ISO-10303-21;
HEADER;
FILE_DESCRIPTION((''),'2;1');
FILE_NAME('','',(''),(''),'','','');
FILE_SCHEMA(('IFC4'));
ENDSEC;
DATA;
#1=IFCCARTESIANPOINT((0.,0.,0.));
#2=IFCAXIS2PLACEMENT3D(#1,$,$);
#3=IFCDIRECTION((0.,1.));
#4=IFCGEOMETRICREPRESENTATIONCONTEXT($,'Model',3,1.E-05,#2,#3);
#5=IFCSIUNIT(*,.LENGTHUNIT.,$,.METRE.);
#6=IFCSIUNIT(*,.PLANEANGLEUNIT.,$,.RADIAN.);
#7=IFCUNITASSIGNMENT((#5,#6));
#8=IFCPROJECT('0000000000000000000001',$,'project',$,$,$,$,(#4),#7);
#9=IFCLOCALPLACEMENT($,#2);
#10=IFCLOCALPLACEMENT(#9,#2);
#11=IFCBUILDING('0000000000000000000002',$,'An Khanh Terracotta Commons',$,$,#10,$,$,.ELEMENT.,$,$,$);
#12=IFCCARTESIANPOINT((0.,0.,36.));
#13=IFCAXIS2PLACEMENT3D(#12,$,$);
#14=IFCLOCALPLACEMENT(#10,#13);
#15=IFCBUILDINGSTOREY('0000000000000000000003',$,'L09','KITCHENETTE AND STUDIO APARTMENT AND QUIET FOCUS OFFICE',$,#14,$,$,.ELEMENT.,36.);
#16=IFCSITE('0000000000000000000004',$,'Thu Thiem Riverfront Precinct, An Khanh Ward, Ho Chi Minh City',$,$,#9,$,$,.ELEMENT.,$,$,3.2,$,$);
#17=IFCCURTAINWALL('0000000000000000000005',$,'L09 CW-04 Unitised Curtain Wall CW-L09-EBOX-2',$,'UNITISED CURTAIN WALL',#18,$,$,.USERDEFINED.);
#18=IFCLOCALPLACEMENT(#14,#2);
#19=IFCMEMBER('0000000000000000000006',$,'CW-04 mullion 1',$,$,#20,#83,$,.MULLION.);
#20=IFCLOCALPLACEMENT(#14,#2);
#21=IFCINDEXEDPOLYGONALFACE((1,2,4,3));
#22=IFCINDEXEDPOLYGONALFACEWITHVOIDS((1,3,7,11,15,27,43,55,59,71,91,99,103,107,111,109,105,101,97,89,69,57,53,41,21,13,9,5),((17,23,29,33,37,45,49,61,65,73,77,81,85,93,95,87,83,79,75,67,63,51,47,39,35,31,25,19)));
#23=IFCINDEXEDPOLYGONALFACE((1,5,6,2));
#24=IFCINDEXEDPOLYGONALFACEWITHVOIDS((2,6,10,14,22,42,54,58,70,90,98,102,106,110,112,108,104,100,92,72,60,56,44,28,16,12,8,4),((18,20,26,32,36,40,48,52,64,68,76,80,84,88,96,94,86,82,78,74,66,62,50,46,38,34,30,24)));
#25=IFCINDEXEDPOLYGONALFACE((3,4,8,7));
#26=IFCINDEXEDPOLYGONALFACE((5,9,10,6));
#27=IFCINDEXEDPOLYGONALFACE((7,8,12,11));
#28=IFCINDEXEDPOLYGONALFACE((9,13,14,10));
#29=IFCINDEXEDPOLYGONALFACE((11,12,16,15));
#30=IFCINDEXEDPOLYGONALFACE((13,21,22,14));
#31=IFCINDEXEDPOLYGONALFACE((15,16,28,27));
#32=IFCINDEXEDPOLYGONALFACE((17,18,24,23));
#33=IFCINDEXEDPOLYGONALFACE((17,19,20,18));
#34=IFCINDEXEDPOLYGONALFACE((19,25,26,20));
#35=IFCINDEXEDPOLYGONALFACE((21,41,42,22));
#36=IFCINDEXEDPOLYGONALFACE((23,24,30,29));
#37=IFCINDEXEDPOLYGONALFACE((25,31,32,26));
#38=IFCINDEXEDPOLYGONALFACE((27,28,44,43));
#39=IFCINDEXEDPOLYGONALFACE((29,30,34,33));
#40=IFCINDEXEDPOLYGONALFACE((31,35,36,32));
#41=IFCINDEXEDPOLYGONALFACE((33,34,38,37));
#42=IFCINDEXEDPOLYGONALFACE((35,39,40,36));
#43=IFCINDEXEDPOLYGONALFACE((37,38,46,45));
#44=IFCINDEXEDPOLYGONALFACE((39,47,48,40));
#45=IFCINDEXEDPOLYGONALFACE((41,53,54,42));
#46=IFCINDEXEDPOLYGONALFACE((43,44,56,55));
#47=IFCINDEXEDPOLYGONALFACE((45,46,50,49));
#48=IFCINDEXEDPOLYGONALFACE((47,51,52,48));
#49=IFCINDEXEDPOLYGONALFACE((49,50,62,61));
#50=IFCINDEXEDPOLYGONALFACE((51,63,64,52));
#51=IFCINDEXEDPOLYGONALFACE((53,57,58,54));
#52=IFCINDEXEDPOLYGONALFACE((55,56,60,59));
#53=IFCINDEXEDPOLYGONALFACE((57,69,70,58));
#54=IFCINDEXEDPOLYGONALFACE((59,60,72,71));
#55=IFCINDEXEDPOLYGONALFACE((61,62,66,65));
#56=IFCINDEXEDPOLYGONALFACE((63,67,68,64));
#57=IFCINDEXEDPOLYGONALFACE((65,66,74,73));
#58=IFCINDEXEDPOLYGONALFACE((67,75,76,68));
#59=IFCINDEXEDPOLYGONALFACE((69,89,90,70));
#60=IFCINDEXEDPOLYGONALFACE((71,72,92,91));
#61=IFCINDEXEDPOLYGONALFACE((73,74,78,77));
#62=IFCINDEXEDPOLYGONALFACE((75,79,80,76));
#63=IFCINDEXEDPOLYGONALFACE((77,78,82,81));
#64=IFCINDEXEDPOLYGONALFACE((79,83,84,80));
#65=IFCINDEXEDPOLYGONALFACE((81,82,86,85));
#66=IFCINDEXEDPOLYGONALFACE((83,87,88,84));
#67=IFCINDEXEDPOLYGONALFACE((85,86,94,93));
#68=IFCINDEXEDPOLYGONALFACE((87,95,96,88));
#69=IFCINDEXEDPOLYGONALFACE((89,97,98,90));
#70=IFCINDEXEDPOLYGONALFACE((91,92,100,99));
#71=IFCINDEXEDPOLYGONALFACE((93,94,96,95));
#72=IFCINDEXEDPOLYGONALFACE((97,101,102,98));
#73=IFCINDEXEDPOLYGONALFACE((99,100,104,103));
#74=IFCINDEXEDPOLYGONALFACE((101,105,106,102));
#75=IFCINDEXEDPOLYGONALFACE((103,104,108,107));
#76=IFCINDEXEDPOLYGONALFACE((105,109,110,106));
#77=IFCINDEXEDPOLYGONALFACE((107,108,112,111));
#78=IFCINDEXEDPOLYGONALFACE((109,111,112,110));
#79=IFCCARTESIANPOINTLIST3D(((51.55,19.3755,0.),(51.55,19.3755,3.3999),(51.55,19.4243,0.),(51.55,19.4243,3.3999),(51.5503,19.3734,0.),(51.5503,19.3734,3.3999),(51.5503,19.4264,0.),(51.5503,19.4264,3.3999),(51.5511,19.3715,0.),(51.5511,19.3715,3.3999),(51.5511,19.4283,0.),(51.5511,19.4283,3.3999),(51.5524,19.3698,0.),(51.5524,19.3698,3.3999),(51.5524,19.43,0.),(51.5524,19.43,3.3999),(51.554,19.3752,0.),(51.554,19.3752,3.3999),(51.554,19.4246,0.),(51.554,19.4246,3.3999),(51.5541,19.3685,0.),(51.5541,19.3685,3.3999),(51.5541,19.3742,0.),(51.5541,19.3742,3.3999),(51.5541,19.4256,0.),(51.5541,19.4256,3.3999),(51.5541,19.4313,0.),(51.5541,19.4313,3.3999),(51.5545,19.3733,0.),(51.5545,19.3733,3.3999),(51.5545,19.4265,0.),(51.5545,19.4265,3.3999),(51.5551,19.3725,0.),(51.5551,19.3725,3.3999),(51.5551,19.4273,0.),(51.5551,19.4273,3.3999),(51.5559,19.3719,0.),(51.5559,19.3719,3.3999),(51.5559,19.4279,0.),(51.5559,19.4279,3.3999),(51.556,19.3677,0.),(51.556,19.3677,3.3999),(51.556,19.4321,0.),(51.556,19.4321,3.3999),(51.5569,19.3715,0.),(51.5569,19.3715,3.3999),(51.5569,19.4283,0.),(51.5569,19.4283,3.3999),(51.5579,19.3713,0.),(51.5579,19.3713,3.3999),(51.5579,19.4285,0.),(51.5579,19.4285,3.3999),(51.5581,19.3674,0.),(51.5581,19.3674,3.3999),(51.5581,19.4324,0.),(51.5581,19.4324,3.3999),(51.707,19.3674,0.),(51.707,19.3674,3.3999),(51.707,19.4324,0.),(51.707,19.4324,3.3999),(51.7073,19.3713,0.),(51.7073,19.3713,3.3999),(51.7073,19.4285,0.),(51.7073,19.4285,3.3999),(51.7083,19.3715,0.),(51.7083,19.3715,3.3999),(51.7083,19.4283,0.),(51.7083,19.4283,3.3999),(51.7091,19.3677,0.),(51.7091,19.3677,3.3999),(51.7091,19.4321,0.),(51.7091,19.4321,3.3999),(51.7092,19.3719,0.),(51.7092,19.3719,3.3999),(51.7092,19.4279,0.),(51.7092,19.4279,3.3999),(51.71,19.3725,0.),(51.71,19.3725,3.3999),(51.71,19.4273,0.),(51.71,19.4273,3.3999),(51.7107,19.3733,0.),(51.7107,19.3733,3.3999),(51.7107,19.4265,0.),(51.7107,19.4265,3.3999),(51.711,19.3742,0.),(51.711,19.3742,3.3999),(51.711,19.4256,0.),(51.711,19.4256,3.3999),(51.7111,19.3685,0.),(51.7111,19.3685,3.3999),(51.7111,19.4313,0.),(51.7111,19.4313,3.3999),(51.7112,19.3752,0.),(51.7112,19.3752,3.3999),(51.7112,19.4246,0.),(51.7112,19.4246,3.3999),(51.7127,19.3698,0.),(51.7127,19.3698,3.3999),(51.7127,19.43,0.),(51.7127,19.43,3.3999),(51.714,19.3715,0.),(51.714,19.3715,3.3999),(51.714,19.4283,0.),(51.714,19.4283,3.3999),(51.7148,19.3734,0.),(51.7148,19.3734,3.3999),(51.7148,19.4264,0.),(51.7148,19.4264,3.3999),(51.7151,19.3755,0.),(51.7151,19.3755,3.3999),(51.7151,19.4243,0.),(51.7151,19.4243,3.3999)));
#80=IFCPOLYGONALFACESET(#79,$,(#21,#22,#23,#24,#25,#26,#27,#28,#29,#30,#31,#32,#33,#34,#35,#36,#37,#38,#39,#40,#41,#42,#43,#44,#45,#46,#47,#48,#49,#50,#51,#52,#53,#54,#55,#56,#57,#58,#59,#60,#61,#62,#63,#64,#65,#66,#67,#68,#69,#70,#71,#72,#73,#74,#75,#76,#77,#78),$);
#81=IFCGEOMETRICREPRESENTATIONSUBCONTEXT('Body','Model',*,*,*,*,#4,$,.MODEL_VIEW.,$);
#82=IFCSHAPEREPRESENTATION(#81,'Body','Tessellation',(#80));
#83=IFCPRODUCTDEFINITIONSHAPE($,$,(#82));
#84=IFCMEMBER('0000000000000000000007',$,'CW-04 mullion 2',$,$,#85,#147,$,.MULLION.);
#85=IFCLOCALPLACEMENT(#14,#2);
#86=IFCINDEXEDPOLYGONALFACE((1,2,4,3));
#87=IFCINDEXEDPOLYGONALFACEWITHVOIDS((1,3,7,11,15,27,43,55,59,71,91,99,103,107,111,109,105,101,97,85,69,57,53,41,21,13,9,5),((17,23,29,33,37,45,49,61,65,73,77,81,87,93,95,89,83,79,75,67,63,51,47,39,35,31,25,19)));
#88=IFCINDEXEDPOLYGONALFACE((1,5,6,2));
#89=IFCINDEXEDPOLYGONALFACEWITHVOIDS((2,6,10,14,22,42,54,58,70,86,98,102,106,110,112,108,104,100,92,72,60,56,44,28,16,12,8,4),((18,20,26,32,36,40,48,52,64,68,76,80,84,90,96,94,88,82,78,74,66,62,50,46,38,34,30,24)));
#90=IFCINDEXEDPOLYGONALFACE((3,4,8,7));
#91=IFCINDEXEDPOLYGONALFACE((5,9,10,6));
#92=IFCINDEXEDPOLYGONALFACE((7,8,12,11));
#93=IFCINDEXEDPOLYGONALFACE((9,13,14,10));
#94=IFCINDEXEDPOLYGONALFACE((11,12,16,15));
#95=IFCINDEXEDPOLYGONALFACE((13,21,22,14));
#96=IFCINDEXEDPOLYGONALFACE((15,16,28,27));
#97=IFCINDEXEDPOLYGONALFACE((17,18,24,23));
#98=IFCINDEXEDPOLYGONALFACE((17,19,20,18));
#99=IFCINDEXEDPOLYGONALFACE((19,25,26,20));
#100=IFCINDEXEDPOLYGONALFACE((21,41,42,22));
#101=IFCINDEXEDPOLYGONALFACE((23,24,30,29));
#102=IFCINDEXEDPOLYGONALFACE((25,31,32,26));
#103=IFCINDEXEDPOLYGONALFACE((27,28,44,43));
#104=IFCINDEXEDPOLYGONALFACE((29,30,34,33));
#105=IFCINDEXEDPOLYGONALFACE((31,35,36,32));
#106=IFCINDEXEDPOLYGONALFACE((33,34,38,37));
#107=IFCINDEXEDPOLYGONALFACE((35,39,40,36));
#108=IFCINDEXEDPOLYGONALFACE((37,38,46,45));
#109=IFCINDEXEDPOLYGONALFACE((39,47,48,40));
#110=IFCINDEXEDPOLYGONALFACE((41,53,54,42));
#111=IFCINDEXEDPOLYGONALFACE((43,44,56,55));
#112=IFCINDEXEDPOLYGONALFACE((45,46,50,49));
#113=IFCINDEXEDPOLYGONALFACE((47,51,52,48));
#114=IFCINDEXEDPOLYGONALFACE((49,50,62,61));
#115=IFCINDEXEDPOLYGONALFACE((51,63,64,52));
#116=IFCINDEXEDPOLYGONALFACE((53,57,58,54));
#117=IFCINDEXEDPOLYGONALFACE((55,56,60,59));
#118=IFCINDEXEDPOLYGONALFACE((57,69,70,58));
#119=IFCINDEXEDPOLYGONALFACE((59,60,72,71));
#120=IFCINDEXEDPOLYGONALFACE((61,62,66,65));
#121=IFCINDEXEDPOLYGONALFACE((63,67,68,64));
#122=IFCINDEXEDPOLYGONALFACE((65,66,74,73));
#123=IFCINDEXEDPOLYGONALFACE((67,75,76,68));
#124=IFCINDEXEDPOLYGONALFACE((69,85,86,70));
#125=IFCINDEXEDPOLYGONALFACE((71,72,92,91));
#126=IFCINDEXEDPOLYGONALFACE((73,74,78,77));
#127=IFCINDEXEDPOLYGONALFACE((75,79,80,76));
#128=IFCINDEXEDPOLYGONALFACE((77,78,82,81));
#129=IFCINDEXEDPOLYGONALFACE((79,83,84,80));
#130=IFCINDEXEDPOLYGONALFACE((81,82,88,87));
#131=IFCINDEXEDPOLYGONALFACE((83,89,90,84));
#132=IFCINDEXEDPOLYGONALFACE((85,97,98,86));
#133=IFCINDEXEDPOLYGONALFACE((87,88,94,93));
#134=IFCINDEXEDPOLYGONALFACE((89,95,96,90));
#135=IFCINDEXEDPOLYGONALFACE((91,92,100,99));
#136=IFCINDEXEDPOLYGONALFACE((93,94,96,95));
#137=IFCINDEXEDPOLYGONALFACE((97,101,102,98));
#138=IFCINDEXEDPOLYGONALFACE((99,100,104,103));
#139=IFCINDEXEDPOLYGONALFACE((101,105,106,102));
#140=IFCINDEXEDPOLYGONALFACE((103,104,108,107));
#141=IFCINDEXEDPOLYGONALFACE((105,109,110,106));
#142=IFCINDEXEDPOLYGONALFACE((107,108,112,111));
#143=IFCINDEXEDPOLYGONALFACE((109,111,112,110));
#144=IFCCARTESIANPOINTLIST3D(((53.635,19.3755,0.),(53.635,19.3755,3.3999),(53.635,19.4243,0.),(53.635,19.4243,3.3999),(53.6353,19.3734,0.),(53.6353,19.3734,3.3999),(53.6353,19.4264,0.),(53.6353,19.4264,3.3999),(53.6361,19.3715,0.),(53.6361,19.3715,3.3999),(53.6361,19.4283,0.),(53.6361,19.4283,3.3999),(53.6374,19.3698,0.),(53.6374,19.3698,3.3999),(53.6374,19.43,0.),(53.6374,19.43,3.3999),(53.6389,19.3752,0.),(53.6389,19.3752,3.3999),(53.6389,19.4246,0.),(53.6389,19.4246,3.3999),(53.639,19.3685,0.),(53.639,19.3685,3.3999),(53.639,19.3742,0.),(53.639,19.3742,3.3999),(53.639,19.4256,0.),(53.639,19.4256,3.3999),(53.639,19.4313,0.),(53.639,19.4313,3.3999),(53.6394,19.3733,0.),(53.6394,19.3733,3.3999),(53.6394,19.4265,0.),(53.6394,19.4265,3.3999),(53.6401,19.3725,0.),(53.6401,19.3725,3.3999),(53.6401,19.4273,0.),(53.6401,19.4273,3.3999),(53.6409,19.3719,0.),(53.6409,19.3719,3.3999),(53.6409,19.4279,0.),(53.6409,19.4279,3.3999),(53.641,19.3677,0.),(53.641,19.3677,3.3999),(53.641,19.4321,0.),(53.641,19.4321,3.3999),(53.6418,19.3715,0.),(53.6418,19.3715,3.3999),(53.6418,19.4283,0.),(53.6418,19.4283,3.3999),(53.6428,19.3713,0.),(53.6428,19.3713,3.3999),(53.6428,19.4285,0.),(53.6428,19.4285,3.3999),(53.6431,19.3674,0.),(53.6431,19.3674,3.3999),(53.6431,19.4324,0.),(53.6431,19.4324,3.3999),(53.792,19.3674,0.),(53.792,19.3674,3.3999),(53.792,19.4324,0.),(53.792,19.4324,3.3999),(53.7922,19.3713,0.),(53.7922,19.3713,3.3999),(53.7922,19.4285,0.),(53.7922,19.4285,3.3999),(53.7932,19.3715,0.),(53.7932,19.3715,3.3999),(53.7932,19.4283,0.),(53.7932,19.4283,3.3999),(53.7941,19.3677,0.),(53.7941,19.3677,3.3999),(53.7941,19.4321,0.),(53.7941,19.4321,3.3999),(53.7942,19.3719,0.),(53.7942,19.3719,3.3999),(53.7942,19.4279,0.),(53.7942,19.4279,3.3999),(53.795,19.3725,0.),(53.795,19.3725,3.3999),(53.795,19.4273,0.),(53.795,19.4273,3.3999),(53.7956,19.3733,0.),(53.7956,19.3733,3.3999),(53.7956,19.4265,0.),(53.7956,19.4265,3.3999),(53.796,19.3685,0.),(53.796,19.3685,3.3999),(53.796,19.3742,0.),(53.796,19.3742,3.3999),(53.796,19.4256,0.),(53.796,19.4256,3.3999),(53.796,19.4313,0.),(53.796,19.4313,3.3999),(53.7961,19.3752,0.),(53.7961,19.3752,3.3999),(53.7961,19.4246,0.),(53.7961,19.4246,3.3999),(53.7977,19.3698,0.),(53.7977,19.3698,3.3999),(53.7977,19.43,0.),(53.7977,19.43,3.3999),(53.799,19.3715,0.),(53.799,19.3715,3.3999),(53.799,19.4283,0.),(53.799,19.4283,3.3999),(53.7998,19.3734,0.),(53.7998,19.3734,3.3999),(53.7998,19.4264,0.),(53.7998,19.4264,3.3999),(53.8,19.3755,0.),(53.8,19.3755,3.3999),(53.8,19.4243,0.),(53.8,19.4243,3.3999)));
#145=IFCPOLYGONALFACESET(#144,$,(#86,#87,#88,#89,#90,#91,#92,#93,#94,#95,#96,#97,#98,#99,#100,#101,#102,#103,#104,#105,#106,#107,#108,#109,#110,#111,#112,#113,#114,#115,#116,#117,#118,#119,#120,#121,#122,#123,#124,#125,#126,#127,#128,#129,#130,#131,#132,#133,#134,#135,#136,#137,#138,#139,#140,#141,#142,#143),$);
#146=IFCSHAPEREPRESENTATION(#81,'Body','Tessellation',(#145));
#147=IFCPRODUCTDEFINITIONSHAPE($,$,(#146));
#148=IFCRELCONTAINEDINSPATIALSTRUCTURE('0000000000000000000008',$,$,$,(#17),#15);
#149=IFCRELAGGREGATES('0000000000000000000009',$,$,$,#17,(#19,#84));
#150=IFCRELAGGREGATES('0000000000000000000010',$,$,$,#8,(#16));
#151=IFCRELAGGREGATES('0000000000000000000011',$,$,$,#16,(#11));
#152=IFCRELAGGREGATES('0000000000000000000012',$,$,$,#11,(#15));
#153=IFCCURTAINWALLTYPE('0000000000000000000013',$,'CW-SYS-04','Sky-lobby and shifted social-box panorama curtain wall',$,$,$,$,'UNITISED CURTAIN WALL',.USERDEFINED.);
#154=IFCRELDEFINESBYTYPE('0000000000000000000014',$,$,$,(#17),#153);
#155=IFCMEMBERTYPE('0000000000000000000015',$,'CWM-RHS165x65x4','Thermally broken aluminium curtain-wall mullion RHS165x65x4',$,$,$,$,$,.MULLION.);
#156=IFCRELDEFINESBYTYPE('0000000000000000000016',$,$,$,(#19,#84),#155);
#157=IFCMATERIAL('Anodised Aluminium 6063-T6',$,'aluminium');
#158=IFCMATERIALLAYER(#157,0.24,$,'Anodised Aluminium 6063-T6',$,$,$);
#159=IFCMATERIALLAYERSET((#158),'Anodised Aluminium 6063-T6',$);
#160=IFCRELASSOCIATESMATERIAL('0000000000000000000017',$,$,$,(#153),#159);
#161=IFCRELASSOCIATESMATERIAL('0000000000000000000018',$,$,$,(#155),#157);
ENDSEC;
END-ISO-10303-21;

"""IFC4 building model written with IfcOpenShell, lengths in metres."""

from ifc_helpers import new_model, si_unit, direction, frame, origin, origin_2d, place, context, subcontext, project, spatial, hollow_rectangle, extrude, material, layer, layer_set, material_profile, profile_set, type_object, element, aggregate, save


model = new_model("IFC4")

# Units and contexts
model_context = context("Model", 3, precision=1e-05, world=origin(), true_north=direction((0.0, 1.0)))
body_context = subcontext(model_context, "Body", "Model", "MODEL_VIEW")
ifc_project = project(units=[si_unit("LENGTHUNIT", "METRE"), si_unit("PLANEANGLEUNIT", "RADIAN")], contexts=[model_context])

# Site, building, storey
site_placement = place(None, origin())
site = spatial("IfcSite", under=ifc_project, at=site_placement, Name="Thu Thiem Riverfront Precinct, An Khanh Ward, Ho Chi Minh City", CompositionType="ELEMENT", RefElevation=3.2)
building_placement = place(site_placement, origin())
building = spatial("IfcBuilding", under=site, at=building_placement, Name="An Khanh Terracotta Commons", CompositionType="ELEMENT")
storey_placement = place(building_placement, frame((0.0, 0.0, 36.0)))
storey = spatial("IfcBuildingStorey", under=building, at=storey_placement, Name="L09", Description="KITCHENETTE AND STUDIO APARTMENT AND QUIET FOCUS OFFICE", CompositionType="ELEMENT", Elevation=36.0)

# Curtain wall, members
ifc_material_1 = material(Name="Anodised Aluminium 6063-T6", Category="aluminium")
ifc_layer_1 = layer(ifc_material_1, 0.24, Name="Anodised Aluminium 6063-T6")
ifc_layer_set_1 = layer_set([ifc_layer_1], Name="Anodised Aluminium 6063-T6")
curtain_wall_type = type_object("IfcCurtainWallType", Name="CW-SYS-04", Description="Sky-lobby and shifted social-box panorama curtain wall", ElementType="UNITISED CURTAIN WALL", PredefinedType="USERDEFINED", material=ifc_layer_set_1)
ifc_material_profile_1 = material_profile(ifc_material_1, hollow_rectangle(XDim=0.0649, YDim=0.165, WallThickness=0.0039, InnerFilletRadius=0.0039, OuterFilletRadius=0.0081, at=origin_2d()), Name="RHS165x65x4")
ifc_profile_set_1 = profile_set([ifc_material_profile_1], Name="Anodised Aluminium 6063-T6")
member_type_1 = type_object("IfcMemberType", Name="CWM-RHS165x65x4", Description="Thermally broken aluminium curtain-wall mullion RHS165x65x4", PredefinedType="MULLION", material=ifc_profile_set_1)
curtain_wall_1_placement = place(storey_placement, origin())
curtain_wall_1 = element("IfcCurtainWall", 1, at=curtain_wall_1_placement, inside=storey, type_object=curtain_wall_type, Name="L09 CW-04 Unitised Curtain Wall CW-L09-EBOX-2", ObjectType="UNITISED CURTAIN WALL", PredefinedType="USERDEFINED")
member_1_placement = place(storey_placement, frame((51.6326, 19.3999, 0.0), z_axis=(0.0, 0.0, 1.0), x_axis=(0.0, 1.0, 0.0)))
member_1 = element("IfcMember", 2, at=member_1_placement, type_object=member_type_1, Name="CW-04 mullion 1", PredefinedType="MULLION", context=body_context, shape_type="SweptSolid", body=[
    extrude(hollow_rectangle(XDim=0.0649, YDim=0.165, WallThickness=0.0039, InnerFilletRadius=0.0039, OuterFilletRadius=0.0081, at=origin_2d()), origin(), (0.0, 0.0, 1.0), 3.3999),
])
member_2_placement = place(storey_placement, frame((53.7175, 19.3999, 0.0), z_axis=(0.0, 0.0, 1.0), x_axis=(0.0, 1.0, 0.0)))
member_2 = element("IfcMember", 3, at=member_2_placement, type_object=member_type_1, Name="CW-04 mullion 2", PredefinedType="MULLION", context=body_context, shape_type="SweptSolid", body=[
    extrude(hollow_rectangle(XDim=0.0649, YDim=0.165, WallThickness=0.0039, InnerFilletRadius=0.0039, OuterFilletRadius=0.0081, at=origin_2d()), origin(), (0.0, 0.0, 1.0), 3.3999),
])

aggregate(curtain_wall_1, [member_1, member_2])

save(model, "model.ifc")
